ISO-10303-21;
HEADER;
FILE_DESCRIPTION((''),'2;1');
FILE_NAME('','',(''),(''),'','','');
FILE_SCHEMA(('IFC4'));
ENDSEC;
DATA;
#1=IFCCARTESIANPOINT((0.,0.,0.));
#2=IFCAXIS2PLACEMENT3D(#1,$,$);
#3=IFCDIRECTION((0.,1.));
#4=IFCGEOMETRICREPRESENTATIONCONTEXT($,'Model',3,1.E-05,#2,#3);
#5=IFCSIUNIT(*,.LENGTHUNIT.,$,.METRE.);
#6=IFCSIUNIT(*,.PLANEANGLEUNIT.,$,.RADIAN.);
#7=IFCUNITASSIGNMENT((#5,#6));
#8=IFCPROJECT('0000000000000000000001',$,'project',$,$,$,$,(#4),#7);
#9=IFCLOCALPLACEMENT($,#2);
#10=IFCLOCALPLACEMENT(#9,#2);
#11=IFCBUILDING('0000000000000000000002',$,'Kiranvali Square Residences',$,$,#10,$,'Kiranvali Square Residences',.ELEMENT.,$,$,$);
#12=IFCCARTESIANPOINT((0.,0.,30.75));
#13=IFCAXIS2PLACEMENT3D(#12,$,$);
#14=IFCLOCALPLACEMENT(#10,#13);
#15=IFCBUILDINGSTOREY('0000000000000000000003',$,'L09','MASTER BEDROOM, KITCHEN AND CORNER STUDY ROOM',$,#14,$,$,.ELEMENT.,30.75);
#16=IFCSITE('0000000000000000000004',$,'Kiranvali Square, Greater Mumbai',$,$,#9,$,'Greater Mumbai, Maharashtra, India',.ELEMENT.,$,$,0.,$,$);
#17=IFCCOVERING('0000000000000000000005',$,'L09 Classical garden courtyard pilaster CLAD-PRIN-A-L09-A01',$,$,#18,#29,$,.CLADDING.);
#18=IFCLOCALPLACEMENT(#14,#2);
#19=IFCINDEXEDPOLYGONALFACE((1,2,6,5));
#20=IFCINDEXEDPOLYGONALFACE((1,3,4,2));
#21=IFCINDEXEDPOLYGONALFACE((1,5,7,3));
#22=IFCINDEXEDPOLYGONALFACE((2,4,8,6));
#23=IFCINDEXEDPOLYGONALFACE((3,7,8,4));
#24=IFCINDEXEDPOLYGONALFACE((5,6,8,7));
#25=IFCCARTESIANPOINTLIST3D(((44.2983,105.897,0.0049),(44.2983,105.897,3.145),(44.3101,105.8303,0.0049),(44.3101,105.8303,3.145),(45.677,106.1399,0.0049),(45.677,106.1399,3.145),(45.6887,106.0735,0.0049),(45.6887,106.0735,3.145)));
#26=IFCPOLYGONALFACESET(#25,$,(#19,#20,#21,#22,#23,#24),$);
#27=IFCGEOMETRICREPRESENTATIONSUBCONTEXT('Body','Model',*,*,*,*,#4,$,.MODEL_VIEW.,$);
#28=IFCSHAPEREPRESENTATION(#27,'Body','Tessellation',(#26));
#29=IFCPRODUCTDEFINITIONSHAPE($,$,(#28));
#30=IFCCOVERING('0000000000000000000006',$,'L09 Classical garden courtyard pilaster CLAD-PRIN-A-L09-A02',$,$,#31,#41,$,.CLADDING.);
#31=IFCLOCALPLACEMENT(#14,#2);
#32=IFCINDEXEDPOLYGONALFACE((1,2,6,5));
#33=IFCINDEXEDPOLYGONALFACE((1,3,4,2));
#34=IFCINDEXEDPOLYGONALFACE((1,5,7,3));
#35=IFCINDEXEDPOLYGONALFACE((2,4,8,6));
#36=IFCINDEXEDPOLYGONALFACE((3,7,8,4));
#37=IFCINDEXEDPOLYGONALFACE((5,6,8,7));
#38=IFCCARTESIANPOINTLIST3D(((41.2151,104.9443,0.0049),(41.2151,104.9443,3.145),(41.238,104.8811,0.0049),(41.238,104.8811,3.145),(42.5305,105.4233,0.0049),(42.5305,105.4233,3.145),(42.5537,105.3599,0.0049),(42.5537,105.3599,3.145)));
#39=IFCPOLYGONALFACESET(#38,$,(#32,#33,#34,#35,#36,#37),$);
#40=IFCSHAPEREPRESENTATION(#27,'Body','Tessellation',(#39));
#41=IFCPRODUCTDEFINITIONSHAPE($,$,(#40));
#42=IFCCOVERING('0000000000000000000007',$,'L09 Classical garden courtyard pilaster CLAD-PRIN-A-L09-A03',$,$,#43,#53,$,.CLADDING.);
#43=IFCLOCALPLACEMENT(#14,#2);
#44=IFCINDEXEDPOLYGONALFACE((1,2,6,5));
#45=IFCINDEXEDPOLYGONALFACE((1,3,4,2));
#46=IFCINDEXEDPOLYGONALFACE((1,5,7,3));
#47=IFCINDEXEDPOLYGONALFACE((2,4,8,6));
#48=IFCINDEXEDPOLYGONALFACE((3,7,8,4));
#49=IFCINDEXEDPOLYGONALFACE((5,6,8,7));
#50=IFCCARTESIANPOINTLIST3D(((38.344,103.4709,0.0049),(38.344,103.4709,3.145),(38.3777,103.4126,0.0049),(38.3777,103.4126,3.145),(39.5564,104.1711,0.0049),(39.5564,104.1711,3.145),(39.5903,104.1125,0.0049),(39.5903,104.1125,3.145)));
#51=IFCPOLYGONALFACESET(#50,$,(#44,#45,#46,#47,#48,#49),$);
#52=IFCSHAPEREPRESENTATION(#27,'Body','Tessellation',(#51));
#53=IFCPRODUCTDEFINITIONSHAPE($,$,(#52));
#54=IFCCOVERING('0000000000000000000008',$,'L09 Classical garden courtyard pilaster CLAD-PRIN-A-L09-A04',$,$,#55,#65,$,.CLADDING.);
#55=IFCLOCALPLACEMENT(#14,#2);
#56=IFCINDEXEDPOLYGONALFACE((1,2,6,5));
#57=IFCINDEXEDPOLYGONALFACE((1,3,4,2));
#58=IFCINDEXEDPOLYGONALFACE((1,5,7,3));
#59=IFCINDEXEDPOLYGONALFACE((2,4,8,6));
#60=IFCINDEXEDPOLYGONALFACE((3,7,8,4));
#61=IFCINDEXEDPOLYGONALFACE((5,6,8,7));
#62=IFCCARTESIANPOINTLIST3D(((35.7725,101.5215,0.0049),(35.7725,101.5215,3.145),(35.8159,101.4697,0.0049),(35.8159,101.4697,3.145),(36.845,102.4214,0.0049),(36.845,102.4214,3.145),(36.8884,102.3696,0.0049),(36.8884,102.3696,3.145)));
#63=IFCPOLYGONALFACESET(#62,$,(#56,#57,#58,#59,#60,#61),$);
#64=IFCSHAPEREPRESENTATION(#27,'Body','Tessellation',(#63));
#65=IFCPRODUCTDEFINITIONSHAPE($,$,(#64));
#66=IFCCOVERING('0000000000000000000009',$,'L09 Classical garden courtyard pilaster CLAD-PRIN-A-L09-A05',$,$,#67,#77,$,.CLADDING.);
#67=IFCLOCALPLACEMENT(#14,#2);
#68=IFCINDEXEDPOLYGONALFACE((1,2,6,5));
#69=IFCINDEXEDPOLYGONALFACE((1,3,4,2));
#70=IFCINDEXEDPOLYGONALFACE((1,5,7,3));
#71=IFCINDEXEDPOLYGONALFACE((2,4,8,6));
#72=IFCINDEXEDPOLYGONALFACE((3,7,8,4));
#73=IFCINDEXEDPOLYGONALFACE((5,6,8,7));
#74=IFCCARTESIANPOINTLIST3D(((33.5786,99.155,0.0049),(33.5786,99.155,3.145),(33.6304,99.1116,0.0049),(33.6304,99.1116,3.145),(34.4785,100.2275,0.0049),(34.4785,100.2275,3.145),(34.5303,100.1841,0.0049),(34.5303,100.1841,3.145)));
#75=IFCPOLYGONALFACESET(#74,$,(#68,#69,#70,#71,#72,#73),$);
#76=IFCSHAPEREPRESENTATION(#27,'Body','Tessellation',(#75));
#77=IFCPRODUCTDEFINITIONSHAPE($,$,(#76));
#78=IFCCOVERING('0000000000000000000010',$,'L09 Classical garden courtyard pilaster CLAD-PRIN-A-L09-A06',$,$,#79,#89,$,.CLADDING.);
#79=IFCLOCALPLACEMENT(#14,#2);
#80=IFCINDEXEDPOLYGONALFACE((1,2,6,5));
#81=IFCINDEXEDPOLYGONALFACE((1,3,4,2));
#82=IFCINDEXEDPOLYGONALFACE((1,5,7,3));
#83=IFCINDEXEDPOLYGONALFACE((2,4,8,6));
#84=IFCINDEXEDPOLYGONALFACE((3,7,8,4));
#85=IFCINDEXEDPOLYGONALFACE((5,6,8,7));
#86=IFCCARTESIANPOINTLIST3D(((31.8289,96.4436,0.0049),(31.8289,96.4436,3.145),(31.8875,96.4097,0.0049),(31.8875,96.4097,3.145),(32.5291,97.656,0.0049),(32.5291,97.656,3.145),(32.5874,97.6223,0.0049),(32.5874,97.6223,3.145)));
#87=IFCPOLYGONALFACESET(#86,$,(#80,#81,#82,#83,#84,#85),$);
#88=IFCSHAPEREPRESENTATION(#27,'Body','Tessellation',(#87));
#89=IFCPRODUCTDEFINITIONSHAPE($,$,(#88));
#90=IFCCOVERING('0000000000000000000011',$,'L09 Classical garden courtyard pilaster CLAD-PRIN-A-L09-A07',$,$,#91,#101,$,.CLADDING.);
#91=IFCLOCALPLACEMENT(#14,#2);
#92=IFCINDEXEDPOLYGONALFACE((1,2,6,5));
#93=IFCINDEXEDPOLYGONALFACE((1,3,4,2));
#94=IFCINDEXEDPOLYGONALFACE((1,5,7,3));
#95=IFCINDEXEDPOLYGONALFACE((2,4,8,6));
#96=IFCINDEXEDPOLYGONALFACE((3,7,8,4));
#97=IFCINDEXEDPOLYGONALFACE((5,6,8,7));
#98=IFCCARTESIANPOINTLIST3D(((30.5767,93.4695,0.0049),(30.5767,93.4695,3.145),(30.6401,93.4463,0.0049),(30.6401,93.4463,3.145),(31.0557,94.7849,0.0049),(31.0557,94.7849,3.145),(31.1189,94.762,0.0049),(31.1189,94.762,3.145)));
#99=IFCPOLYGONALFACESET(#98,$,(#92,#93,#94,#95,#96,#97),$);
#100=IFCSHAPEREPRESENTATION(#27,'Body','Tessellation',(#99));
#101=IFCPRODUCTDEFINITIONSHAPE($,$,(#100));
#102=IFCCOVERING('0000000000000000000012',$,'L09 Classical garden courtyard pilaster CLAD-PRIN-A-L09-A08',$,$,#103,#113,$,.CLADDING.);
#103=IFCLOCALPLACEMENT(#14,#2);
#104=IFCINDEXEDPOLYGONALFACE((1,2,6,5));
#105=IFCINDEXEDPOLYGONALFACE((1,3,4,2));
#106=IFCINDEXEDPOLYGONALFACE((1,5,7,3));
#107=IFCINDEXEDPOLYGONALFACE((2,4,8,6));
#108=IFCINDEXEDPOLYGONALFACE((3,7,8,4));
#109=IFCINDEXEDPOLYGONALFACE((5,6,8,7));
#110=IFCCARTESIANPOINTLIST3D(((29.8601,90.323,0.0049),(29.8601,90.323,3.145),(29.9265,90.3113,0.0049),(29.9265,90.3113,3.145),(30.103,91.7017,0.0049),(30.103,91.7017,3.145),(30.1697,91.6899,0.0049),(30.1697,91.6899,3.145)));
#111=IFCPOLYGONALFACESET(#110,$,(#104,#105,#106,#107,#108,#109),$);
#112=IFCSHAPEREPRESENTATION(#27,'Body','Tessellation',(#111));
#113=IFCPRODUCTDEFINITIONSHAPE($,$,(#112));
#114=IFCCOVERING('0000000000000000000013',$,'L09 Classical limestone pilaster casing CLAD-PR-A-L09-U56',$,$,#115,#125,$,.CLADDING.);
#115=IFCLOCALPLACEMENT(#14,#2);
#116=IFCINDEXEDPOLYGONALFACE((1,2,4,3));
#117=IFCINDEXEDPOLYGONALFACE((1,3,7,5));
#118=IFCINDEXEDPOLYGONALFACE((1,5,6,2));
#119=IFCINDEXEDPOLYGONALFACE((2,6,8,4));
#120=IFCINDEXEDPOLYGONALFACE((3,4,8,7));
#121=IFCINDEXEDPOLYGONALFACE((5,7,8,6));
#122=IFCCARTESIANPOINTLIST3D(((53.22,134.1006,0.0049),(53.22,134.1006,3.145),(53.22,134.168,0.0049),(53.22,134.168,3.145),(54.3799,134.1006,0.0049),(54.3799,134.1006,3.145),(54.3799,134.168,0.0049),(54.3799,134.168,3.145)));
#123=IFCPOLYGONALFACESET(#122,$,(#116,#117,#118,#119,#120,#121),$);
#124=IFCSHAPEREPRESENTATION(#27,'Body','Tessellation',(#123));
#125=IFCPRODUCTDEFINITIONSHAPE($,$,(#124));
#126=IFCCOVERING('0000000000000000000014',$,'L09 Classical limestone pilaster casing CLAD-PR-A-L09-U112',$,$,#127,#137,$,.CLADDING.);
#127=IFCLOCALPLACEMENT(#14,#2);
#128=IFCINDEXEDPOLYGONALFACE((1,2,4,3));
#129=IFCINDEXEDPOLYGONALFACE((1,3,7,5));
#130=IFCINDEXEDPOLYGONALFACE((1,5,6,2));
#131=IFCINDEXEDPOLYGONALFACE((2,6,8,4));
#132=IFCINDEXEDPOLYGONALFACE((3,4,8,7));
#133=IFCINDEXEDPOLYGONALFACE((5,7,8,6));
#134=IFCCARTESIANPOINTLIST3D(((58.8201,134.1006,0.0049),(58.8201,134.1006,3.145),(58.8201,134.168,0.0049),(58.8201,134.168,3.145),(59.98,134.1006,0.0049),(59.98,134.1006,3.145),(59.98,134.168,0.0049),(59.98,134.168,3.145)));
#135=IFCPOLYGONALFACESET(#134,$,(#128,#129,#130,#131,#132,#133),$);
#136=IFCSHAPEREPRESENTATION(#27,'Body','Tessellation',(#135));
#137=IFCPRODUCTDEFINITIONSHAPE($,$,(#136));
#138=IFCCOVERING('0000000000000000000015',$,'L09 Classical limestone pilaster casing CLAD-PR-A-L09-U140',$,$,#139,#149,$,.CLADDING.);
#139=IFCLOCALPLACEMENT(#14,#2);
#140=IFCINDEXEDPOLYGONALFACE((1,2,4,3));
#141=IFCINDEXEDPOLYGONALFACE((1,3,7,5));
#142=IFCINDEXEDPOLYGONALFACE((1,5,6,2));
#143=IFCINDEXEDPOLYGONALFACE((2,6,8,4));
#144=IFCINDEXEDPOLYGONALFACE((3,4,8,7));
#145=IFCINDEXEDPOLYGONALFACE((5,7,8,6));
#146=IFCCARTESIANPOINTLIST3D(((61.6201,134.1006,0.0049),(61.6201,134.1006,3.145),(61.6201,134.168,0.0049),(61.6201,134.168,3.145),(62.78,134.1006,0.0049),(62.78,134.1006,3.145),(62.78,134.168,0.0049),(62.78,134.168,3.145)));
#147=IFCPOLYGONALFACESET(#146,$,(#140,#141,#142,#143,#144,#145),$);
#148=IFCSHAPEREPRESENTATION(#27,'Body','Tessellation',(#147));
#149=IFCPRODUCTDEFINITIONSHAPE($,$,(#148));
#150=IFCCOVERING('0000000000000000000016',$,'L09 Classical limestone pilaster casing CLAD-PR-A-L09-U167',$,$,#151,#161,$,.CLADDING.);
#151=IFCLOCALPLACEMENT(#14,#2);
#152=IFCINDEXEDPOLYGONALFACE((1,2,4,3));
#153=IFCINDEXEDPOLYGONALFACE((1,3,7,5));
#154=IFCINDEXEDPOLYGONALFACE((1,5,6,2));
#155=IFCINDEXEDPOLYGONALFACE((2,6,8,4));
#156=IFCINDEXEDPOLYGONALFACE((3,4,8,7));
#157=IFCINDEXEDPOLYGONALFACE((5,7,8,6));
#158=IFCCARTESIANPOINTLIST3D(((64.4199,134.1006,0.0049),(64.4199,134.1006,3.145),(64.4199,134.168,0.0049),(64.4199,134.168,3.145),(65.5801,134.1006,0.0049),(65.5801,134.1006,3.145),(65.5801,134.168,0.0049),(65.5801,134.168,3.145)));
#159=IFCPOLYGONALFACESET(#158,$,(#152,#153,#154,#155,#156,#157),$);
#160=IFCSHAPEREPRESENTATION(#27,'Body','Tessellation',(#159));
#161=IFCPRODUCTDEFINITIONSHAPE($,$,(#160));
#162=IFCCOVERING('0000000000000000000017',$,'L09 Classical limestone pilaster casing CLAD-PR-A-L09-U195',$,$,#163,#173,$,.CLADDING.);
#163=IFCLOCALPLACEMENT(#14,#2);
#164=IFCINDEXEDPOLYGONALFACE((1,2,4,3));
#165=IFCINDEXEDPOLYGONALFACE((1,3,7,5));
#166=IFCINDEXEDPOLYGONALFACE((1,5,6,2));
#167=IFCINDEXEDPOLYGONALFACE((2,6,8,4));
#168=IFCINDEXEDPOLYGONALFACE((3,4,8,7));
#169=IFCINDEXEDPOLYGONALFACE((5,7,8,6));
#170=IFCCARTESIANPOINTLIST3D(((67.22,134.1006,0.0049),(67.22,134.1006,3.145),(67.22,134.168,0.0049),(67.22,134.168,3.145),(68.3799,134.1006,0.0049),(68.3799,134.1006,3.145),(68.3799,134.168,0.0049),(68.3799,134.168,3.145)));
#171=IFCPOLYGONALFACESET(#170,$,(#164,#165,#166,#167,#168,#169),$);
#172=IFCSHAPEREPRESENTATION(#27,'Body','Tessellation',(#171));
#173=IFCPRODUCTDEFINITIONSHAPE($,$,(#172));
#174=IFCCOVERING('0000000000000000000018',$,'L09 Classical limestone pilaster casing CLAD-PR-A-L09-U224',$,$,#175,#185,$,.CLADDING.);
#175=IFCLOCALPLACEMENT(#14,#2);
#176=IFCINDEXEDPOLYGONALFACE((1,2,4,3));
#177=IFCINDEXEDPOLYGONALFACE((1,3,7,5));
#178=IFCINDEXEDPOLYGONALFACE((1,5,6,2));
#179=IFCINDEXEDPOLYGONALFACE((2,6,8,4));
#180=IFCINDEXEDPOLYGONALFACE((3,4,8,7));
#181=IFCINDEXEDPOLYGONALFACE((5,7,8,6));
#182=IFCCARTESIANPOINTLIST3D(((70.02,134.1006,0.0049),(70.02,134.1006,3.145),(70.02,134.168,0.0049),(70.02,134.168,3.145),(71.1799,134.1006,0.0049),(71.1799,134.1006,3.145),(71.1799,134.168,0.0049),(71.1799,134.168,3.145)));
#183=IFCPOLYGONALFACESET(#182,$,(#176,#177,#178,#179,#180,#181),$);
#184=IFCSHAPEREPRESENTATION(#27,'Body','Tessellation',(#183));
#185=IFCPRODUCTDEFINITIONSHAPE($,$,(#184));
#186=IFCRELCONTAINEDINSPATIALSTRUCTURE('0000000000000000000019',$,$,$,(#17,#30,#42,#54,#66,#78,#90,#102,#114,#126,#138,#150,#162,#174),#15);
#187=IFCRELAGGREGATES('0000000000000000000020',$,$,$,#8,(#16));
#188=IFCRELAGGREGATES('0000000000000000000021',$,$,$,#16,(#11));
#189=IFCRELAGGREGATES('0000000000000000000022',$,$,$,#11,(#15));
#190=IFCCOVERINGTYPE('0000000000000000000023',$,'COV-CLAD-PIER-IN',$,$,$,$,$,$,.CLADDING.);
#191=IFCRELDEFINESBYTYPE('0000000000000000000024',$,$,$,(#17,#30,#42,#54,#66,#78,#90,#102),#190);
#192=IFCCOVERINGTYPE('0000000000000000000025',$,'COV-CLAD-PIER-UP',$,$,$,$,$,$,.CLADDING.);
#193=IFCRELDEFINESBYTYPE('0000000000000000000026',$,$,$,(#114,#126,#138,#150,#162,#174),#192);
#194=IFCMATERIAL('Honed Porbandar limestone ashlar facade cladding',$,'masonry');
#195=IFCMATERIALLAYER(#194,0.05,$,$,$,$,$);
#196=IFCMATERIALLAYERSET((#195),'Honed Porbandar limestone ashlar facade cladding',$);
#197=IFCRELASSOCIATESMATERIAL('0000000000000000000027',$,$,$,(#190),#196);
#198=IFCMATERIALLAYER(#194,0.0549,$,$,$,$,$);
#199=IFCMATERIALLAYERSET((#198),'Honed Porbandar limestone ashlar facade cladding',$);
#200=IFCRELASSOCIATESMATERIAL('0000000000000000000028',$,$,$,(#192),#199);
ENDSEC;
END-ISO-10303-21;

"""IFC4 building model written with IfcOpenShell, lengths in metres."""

from ifc_helpers import new_model, si_unit, direction, frame, origin, place, context, subcontext, project, spatial, polyline, outline, extrude, material, layer, layer_set, type_object, element, save


model = new_model("IFC4")

# Units and contexts
model_context = context("Model", 3, precision=1e-05, world=origin(), true_north=direction((0.0, 1.0)))
body_context = subcontext(model_context, "Body", "Model", "MODEL_VIEW")
ifc_project = project(units=[si_unit("LENGTHUNIT", "METRE"), si_unit("PLANEANGLEUNIT", "RADIAN")], contexts=[model_context])

# Site, building, storey
site_placement = place(None, origin())
site = spatial("IfcSite", under=ifc_project, at=site_placement, Name="Kiranvali Square, Greater Mumbai", LongName="Greater Mumbai, Maharashtra, India", CompositionType="ELEMENT", RefElevation=0.0)
building_placement = place(site_placement, origin())
building = spatial("IfcBuilding", under=site, at=building_placement, Name="Kiranvali Square Residences", LongName="Kiranvali Square Residences", CompositionType="ELEMENT")
storey_placement = place(building_placement, frame((0.0, 0.0, 30.75)))
storey = spatial("IfcBuildingStorey", under=building, at=storey_placement, Name="L09", Description="MASTER BEDROOM, KITCHEN AND CORNER STUDY ROOM", CompositionType="ELEMENT", Elevation=30.75)

# Coverings
ifc_material = material(Name="Honed Porbandar limestone ashlar facade cladding", Category="masonry")
ifc_layer_1 = layer(ifc_material, 0.05)
ifc_layer_set_1 = layer_set([ifc_layer_1], Name="Honed Porbandar limestone ashlar facade cladding")
covering_type_1 = type_object("IfcCoveringType", Name="COV-CLAD-PIER-IN", PredefinedType="CLADDING", material=ifc_layer_set_1)
covering_1_placement = place(storey_placement, frame((0.0, 0.0, 0.0049)))
element("IfcCovering", 1, at=covering_1_placement, inside=storey, type_object=covering_type_1, Name="L09 Classical garden courtyard pilaster CLAD-PRIN-A-L09-A01", PredefinedType="CLADDING", context=body_context, shape_type="SweptSolid", body=[
    extrude(outline(polyline([(44.3101, 105.8303), (45.6887, 106.0735), (45.677, 106.1399), (44.2983, 105.897), (44.3101, 105.8303)])), origin(), (0.0, 0.0, 1.0), 3.1401),
])
covering_2_placement = place(storey_placement, frame((0.0, 0.0, 0.0049)))
element("IfcCovering", 2, at=covering_2_placement, inside=storey, type_object=covering_type_1, Name="L09 Classical garden courtyard pilaster CLAD-PRIN-A-L09-A02", PredefinedType="CLADDING", context=body_context, shape_type="SweptSolid", body=[
    extrude(outline(polyline([(41.238, 104.8811), (42.5537, 105.3599), (42.5305, 105.4233), (41.2151, 104.9443), (41.238, 104.8811)])), origin(), (0.0, 0.0, 1.0), 3.1401),
])
covering_3_placement = place(storey_placement, frame((0.0, 0.0, 0.0049)))
element("IfcCovering", 3, at=covering_3_placement, inside=storey, type_object=covering_type_1, Name="L09 Classical garden courtyard pilaster CLAD-PRIN-A-L09-A03", PredefinedType="CLADDING", context=body_context, shape_type="SweptSolid", body=[
    extrude(outline(polyline([(38.3777, 103.4126), (39.5903, 104.1125), (39.5564, 104.1711), (38.344, 103.4709), (38.3777, 103.4126)])), origin(), (0.0, 0.0, 1.0), 3.1401),
])
covering_4_placement = place(storey_placement, frame((0.0, 0.0, 0.0049)))
element("IfcCovering", 4, at=covering_4_placement, inside=storey, type_object=covering_type_1, Name="L09 Classical garden courtyard pilaster CLAD-PRIN-A-L09-A04", PredefinedType="CLADDING", context=body_context, shape_type="SweptSolid", body=[
    extrude(outline(polyline([(35.8159, 101.4697), (36.8884, 102.3696), (36.845, 102.4214), (35.7725, 101.5215), (35.8159, 101.4697)])), origin(), (0.0, 0.0, 1.0), 3.1401),
])
covering_5_placement = place(storey_placement, frame((0.0, 0.0, 0.0049)))
element("IfcCovering", 5, at=covering_5_placement, inside=storey, type_object=covering_type_1, Name="L09 Classical garden courtyard pilaster CLAD-PRIN-A-L09-A05", PredefinedType="CLADDING", context=body_context, shape_type="SweptSolid", body=[
    extrude(outline(polyline([(33.6304, 99.1116), (34.5303, 100.1841), (34.4785, 100.2275), (33.5786, 99.155), (33.6304, 99.1116)])), origin(), (0.0, 0.0, 1.0), 3.1401),
])
covering_6_placement = place(storey_placement, frame((0.0, 0.0, 0.0049)))
element("IfcCovering", 6, at=covering_6_placement, inside=storey, type_object=covering_type_1, Name="L09 Classical garden courtyard pilaster CLAD-PRIN-A-L09-A06", PredefinedType="CLADDING", context=body_context, shape_type="SweptSolid", body=[
    extrude(outline(polyline([(31.8875, 96.4097), (32.5874, 97.6223), (32.5291, 97.656), (31.8289, 96.4436), (31.8875, 96.4097)])), origin(), (0.0, 0.0, 1.0), 3.1401),
])
covering_7_placement = place(storey_placement, frame((0.0, 0.0, 0.0049)))
element("IfcCovering", 7, at=covering_7_placement, inside=storey, type_object=covering_type_1, Name="L09 Classical garden courtyard pilaster CLAD-PRIN-A-L09-A07", PredefinedType="CLADDING", context=body_context, shape_type="SweptSolid", body=[
    extrude(outline(polyline([(30.6401, 93.4463), (31.1189, 94.762), (31.0557, 94.7849), (30.5767, 93.4695), (30.6401, 93.4463)])), origin(), (0.0, 0.0, 1.0), 3.1401),
])
covering_8_placement = place(storey_placement, frame((0.0, 0.0, 0.0049)))
element("IfcCovering", 8, at=covering_8_placement, inside=storey, type_object=covering_type_1, Name="L09 Classical garden courtyard pilaster CLAD-PRIN-A-L09-A08", PredefinedType="CLADDING", context=body_context, shape_type="SweptSolid", body=[
    extrude(outline(polyline([(29.9265, 90.3113), (30.1697, 91.6899), (30.103, 91.7017), (29.8601, 90.323), (29.9265, 90.3113)])), origin(), (0.0, 0.0, 1.0), 3.1401),
])
ifc_layer_2 = layer(ifc_material, 0.0549)
ifc_layer_set_2 = layer_set([ifc_layer_2], Name="Honed Porbandar limestone ashlar facade cladding")
covering_type_2 = type_object("IfcCoveringType", Name="COV-CLAD-PIER-UP", PredefinedType="CLADDING", material=ifc_layer_set_2)
covering_9_placement = place(storey_placement, frame((0.0, 0.0, 0.0049)))
element("IfcCovering", 9, at=covering_9_placement, inside=storey, type_object=covering_type_2, Name="L09 Classical limestone pilaster casing CLAD-PR-A-L09-U56", PredefinedType="CLADDING", context=body_context, shape_type="SweptSolid", body=[
    extrude(outline(polyline([(53.22, 134.1006), (54.3799, 134.1006), (54.3799, 134.168), (53.22, 134.168), (53.22, 134.1006)])), origin(), (0.0, 0.0, 1.0), 3.1401),
])
covering_10_placement = place(storey_placement, frame((0.0, 0.0, 0.0049)))
element("IfcCovering", 10, at=covering_10_placement, inside=storey, type_object=covering_type_2, Name="L09 Classical limestone pilaster casing CLAD-PR-A-L09-U112", PredefinedType="CLADDING", context=body_context, shape_type="SweptSolid", body=[
    extrude(outline(polyline([(58.8201, 134.1006), (59.98, 134.1006), (59.98, 134.168), (58.8201, 134.168), (58.8201, 134.1006)])), origin(), (0.0, 0.0, 1.0), 3.1401),
])
covering_11_placement = place(storey_placement, frame((0.0, 0.0, 0.0049)))
element("IfcCovering", 11, at=covering_11_placement, inside=storey, type_object=covering_type_2, Name="L09 Classical limestone pilaster casing CLAD-PR-A-L09-U140", PredefinedType="CLADDING", context=body_context, shape_type="SweptSolid", body=[
    extrude(outline(polyline([(61.6201, 134.1006), (62.78, 134.1006), (62.78, 134.168), (61.6201, 134.168), (61.6201, 134.1006)])), origin(), (0.0, 0.0, 1.0), 3.1401),
])
covering_12_placement = place(storey_placement, frame((0.0, 0.0, 0.0049)))
element("IfcCovering", 12, at=covering_12_placement, inside=storey, type_object=covering_type_2, Name="L09 Classical limestone pilaster casing CLAD-PR-A-L09-U167", PredefinedType="CLADDING", context=body_context, shape_type="SweptSolid", body=[
    extrude(outline(polyline([(64.4199, 134.1006), (65.5801, 134.1006), (65.5801, 134.168), (64.4199, 134.168), (64.4199, 134.1006)])), origin(), (0.0, 0.0, 1.0), 3.1401),
])
covering_13_placement = place(storey_placement, frame((0.0, 0.0, 0.0049)))
element("IfcCovering", 13, at=covering_13_placement, inside=storey, type_object=covering_type_2, Name="L09 Classical limestone pilaster casing CLAD-PR-A-L09-U195", PredefinedType="CLADDING", context=body_context, shape_type="SweptSolid", body=[
    extrude(outline(polyline([(67.22, 134.1006), (68.3799, 134.1006), (68.3799, 134.168), (67.22, 134.168), (67.22, 134.1006)])), origin(), (0.0, 0.0, 1.0), 3.1401),
])
covering_14_placement = place(storey_placement, frame((0.0, 0.0, 0.0049)))
element("IfcCovering", 14, at=covering_14_placement, inside=storey, type_object=covering_type_2, Name="L09 Classical limestone pilaster casing CLAD-PR-A-L09-U224", PredefinedType="CLADDING", context=body_context, shape_type="SweptSolid", body=[
    extrude(outline(polyline([(70.02, 134.1006), (71.1799, 134.1006), (71.1799, 134.168), (70.02, 134.168), (70.02, 134.1006)])), origin(), (0.0, 0.0, 1.0), 3.1401),
])

save(model, "model.ifc")
